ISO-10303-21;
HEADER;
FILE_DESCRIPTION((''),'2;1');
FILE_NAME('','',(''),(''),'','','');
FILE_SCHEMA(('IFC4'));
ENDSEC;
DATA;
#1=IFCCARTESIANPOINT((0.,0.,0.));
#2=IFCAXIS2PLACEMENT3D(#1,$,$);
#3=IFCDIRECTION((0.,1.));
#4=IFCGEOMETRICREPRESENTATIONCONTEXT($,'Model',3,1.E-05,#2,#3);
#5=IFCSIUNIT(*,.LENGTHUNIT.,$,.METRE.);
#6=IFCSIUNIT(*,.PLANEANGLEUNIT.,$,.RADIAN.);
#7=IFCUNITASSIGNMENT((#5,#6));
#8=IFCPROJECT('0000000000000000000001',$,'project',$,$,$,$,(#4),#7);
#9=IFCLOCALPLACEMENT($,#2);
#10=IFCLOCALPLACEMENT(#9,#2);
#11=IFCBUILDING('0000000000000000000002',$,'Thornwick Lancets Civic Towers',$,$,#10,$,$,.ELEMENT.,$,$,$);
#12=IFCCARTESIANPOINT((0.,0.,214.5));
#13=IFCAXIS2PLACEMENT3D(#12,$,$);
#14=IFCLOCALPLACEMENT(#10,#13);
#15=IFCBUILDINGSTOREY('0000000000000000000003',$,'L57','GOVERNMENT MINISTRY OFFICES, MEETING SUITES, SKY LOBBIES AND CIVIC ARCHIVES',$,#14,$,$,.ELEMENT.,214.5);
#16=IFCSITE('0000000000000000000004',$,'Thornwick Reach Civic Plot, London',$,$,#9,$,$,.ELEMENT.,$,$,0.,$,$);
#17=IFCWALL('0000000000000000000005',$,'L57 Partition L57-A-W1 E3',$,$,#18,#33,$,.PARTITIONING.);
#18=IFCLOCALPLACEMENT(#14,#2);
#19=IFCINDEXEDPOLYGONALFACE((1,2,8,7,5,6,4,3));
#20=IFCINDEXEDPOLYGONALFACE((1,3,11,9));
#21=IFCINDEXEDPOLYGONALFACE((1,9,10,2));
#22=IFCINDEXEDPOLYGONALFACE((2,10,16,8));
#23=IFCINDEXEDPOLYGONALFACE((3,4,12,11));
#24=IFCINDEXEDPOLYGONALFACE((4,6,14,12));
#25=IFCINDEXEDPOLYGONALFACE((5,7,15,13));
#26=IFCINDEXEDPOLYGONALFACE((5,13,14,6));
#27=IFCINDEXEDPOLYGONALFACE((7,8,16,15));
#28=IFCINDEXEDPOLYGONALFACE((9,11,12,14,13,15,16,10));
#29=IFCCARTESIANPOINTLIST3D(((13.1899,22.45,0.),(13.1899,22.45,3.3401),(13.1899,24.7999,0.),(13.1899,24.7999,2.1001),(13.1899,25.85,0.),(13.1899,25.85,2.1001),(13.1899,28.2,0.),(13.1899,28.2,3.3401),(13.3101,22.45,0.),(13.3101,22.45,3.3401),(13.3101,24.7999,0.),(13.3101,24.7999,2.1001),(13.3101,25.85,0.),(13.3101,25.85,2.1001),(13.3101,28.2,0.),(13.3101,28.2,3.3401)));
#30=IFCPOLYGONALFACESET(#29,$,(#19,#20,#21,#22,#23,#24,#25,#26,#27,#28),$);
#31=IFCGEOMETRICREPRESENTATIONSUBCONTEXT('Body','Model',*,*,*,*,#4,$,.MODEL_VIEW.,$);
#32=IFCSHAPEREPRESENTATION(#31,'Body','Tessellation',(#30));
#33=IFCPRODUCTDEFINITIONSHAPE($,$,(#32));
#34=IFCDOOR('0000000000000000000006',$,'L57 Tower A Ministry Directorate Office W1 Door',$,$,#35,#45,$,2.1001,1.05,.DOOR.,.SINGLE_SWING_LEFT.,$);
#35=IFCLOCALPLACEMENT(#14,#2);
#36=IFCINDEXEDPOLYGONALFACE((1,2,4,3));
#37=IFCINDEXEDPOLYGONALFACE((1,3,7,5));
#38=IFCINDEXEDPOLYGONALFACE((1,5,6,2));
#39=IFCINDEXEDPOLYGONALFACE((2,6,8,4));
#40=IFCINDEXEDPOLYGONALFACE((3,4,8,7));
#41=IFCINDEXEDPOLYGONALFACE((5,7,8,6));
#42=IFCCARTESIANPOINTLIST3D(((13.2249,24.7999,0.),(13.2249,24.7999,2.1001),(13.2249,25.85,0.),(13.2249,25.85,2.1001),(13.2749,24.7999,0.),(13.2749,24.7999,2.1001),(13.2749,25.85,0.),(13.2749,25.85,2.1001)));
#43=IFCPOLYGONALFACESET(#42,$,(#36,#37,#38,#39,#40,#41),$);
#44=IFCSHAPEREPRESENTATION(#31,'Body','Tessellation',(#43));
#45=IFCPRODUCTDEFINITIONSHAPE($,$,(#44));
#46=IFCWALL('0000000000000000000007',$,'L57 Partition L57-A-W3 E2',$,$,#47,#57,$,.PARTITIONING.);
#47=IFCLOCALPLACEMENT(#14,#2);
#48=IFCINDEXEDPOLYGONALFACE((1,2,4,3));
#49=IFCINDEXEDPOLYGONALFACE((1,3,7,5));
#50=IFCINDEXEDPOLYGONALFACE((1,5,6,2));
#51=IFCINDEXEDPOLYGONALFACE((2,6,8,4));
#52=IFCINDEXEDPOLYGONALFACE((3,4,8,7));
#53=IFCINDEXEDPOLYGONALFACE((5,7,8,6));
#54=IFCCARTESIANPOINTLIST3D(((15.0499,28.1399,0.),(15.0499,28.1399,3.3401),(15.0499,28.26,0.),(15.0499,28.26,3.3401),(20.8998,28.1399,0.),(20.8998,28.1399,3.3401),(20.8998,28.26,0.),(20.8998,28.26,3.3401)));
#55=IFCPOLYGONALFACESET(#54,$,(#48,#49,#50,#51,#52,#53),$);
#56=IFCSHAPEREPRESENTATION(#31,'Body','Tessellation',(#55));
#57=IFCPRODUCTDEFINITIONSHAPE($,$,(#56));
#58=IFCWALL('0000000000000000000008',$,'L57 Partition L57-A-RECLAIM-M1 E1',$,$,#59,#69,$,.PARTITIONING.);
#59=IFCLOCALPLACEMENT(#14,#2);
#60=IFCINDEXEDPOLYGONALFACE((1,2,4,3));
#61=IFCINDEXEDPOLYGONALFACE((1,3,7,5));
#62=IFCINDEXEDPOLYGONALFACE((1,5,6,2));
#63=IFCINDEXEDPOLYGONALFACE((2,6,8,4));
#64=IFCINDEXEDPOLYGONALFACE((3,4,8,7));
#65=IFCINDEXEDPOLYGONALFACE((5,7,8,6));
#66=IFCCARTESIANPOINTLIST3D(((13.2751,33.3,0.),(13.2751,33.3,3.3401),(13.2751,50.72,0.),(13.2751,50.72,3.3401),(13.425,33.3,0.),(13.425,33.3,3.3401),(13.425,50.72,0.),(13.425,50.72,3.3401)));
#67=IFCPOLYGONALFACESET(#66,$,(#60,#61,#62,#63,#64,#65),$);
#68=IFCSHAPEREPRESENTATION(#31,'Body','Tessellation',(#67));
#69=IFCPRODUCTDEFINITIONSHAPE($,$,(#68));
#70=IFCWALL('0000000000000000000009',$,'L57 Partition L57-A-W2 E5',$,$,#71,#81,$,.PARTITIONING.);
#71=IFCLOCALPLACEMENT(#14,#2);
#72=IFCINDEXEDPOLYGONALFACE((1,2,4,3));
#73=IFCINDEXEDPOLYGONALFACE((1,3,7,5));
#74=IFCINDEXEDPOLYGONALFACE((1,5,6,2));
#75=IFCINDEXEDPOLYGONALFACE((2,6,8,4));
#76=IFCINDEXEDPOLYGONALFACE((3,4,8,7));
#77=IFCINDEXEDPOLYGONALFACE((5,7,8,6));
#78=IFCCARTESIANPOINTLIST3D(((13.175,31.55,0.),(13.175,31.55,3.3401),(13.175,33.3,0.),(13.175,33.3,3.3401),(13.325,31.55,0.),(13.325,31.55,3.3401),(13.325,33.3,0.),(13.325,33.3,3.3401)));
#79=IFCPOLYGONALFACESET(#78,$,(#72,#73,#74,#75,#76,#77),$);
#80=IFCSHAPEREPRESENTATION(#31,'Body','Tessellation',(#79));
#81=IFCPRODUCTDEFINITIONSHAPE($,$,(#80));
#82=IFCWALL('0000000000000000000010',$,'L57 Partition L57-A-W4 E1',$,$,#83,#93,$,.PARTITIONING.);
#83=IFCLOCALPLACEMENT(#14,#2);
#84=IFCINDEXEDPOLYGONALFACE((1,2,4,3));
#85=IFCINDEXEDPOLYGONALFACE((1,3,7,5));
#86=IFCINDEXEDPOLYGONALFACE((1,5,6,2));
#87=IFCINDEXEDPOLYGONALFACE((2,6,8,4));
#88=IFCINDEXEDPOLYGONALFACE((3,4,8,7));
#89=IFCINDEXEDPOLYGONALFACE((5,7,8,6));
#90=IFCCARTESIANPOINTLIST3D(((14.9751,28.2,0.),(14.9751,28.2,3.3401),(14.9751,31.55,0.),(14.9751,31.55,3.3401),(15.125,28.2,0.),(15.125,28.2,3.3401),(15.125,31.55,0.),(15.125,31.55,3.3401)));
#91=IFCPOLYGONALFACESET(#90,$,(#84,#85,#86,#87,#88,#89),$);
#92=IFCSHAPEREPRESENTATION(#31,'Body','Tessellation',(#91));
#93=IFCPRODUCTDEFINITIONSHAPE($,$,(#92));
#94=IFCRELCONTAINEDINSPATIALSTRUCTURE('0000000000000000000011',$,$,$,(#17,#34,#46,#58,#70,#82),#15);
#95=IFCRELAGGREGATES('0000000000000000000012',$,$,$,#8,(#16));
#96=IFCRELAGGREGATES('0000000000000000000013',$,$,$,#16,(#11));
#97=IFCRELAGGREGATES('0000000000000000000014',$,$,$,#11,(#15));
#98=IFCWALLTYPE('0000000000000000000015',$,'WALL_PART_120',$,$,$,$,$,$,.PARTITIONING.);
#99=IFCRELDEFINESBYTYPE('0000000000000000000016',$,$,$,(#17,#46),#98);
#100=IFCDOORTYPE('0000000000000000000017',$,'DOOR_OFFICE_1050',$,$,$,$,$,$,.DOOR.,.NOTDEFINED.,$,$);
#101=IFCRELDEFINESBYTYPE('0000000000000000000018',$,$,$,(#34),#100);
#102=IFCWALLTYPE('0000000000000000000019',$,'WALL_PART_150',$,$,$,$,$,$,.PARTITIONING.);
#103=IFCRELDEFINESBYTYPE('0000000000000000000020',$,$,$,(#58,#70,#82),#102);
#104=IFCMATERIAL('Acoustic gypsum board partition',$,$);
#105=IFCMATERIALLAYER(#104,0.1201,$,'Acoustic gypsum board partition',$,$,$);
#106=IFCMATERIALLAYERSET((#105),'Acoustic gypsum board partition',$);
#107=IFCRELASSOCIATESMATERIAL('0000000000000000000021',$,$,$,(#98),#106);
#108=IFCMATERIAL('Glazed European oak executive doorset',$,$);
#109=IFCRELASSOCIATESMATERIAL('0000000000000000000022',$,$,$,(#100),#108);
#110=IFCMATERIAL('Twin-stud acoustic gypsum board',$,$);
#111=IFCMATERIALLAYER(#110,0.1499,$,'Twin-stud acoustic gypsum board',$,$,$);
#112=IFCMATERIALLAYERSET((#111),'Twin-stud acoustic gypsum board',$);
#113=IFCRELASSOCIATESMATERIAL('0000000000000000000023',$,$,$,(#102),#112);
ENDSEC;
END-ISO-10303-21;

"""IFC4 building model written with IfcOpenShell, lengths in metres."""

from ifc_helpers import new_model, si_unit, direction, frame, frame_2d, origin, place, context, subcontext, project, spatial, rectangle, extrude, material, layer, layer_set, type_object, element, fill, save


model = new_model("IFC4")

# Units and contexts
model_context = context("Model", 3, precision=1e-05, world=origin(), true_north=direction((0.0, 1.0)))
body_context = subcontext(model_context, "Body", "Model", "MODEL_VIEW")
ifc_project = project(units=[si_unit("LENGTHUNIT", "METRE"), si_unit("PLANEANGLEUNIT", "RADIAN")], contexts=[model_context])

# Site, building, storey
site_placement = place(None, origin())
site = spatial("IfcSite", under=ifc_project, at=site_placement, Name="Thornwick Reach Civic Plot, London", CompositionType="ELEMENT", RefElevation=0.0)
building_placement = place(site_placement, origin())
building = spatial("IfcBuilding", under=site, at=building_placement, Name="Thornwick Lancets Civic Towers", CompositionType="ELEMENT")
storey_placement = place(building_placement, frame((0.0, 0.0, 214.5)))
storey = spatial("IfcBuildingStorey", under=building, at=storey_placement, Name="L57", Description="GOVERNMENT MINISTRY OFFICES, MEETING SUITES, SKY LOBBIES AND CIVIC ARCHIVES", CompositionType="ELEMENT", Elevation=214.5)

# Shared definitions
ifc_material_1 = material(Name="Acoustic gypsum board partition")
ifc_layer_1 = layer(ifc_material_1, 0.1201, Name="Acoustic gypsum board partition")
ifc_layer_set_1 = layer_set([ifc_layer_1], Name="Acoustic gypsum board partition")
wall_type_1 = type_object("IfcWallType", Name="WALL_PART_120", PredefinedType="PARTITIONING", material=ifc_layer_set_1)

# Wall, opening, door
wall_1_placement = place(storey_placement, frame((13.25, 28.2, 0.0), z_axis=(0.0, 0.0, 1.0), x_axis=(0.0, -1.0, 0.0)))
wall_1 = element("IfcWall", 1, at=wall_1_placement, inside=storey, type_object=wall_type_1, Name="L57 Partition L57-A-W1 E3", PredefinedType="PARTITIONING", context=body_context, shape_type="SweptSolid", body=[
    extrude(rectangle(XDim=5.75, YDim=0.1201, at=frame_2d((2.875, 0.0))), origin(), (0.0, 0.0, 1.0), 3.3401),
])
opening_1_placement = place(wall_1_placement, frame((2.3501, 0.0, 0.0)))
opening_1 = element("IfcOpeningElement", 2, at=opening_1_placement, cuts=wall_1, PredefinedType="OPENING", context=body_context, shape_type="SweptSolid", body=[
    extrude(rectangle(XDim=1.05, YDim=2.1001, at=frame_2d((0.5249, 1.05))), frame((0.0, 0.0701, 0.0), z_axis=(0.0, -1.0, 0.0), x_axis=(1.0, 0.0, 0.0)), (0.0, 0.0, 1.0), 0.1401),
])
ifc_material_2 = material(Name="Glazed European oak executive doorset")
door_type_1 = type_object("IfcDoorType", Name="DOOR_OFFICE_1050", OperationType="NOTDEFINED", PredefinedType="DOOR", material=ifc_material_2)
door_1_placement = place(opening_1_placement, origin())
door_1 = element("IfcDoor", 3, at=door_1_placement, inside=storey, type_object=door_type_1, Name="L57 Tower A Ministry Directorate Office W1 Door", OperationType="SINGLE_SWING_LEFT", OverallHeight=2.1001, OverallWidth=1.05, PredefinedType="DOOR", context=body_context, shape_type="SweptSolid", body=[
    extrude(rectangle(XDim=1.05, YDim=2.1001, at=frame_2d((0.5249, 1.05))), frame((0.0, 0.0249, 0.0), z_axis=(0.0, -1.0, 0.0), x_axis=(1.0, 0.0, 0.0)), (0.0, 0.0, 1.0), 0.05),
])
fill(opening_1, door_1)

# Walls
wall_2_placement = place(storey_placement, frame((15.05, 28.2, 0.0), z_axis=(0.0, 0.0, 1.0), x_axis=(1.0, 0.0, 0.0)))
element("IfcWall", 4, at=wall_2_placement, inside=storey, type_object=wall_type_1, Name="L57 Partition L57-A-W3 E2", PredefinedType="PARTITIONING", context=body_context, shape_type="SweptSolid", body=[
    extrude(rectangle(XDim=5.8499, YDim=0.1201, at=frame_2d((2.9248, 0.0))), origin(), (0.0, 0.0, 1.0), 3.3401),
])
ifc_material_3 = material(Name="Twin-stud acoustic gypsum board")
ifc_layer_2 = layer(ifc_material_3, 0.1499, Name="Twin-stud acoustic gypsum board")
ifc_layer_set_2 = layer_set([ifc_layer_2], Name="Twin-stud acoustic gypsum board")
wall_type_2 = type_object("IfcWallType", Name="WALL_PART_150", PredefinedType="PARTITIONING", material=ifc_layer_set_2)
wall_3_placement = place(storey_placement, frame((13.3501, 33.3, 0.0), z_axis=(0.0, 0.0, 1.0), x_axis=(0.0, 1.0, 0.0)))
element("IfcWall", 5, at=wall_3_placement, inside=storey, type_object=wall_type_2, Name="L57 Partition L57-A-RECLAIM-M1 E1", PredefinedType="PARTITIONING", context=body_context, shape_type="SweptSolid", body=[
    extrude(rectangle(XDim=17.4199, YDim=0.1499, at=frame_2d((8.71, 0.0))), origin(), (0.0, 0.0, 1.0), 3.3401),
])
wall_4_placement = place(storey_placement, frame((13.25, 33.3, 0.0), z_axis=(0.0, 0.0, 1.0), x_axis=(0.0, -1.0, 0.0)))
element("IfcWall", 6, at=wall_4_placement, inside=storey, type_object=wall_type_2, Name="L57 Partition L57-A-W2 E5", PredefinedType="PARTITIONING", context=body_context, shape_type="SweptSolid", body=[
    extrude(rectangle(XDim=1.75, YDim=0.1499, at=frame_2d((0.875, 0.0))), origin(), (0.0, 0.0, 1.0), 3.3401),
])

# Wall
wall_5_placement = place(storey_placement, frame((15.05, 28.2, 0.0), z_axis=(0.0, 0.0, 1.0), x_axis=(0.0, 1.0, 0.0)))
element("IfcWall", 7, at=wall_5_placement, inside=storey, type_object=wall_type_2, Name="L57 Partition L57-A-W4 E1", PredefinedType="PARTITIONING", context=body_context, shape_type="SweptSolid", body=[
    extrude(rectangle(XDim=3.3501, YDim=0.1499, at=frame_2d((1.675, 0.0))), origin(), (0.0, 0.0, 1.0), 3.3401),
])

save(model, "model.ifc")
